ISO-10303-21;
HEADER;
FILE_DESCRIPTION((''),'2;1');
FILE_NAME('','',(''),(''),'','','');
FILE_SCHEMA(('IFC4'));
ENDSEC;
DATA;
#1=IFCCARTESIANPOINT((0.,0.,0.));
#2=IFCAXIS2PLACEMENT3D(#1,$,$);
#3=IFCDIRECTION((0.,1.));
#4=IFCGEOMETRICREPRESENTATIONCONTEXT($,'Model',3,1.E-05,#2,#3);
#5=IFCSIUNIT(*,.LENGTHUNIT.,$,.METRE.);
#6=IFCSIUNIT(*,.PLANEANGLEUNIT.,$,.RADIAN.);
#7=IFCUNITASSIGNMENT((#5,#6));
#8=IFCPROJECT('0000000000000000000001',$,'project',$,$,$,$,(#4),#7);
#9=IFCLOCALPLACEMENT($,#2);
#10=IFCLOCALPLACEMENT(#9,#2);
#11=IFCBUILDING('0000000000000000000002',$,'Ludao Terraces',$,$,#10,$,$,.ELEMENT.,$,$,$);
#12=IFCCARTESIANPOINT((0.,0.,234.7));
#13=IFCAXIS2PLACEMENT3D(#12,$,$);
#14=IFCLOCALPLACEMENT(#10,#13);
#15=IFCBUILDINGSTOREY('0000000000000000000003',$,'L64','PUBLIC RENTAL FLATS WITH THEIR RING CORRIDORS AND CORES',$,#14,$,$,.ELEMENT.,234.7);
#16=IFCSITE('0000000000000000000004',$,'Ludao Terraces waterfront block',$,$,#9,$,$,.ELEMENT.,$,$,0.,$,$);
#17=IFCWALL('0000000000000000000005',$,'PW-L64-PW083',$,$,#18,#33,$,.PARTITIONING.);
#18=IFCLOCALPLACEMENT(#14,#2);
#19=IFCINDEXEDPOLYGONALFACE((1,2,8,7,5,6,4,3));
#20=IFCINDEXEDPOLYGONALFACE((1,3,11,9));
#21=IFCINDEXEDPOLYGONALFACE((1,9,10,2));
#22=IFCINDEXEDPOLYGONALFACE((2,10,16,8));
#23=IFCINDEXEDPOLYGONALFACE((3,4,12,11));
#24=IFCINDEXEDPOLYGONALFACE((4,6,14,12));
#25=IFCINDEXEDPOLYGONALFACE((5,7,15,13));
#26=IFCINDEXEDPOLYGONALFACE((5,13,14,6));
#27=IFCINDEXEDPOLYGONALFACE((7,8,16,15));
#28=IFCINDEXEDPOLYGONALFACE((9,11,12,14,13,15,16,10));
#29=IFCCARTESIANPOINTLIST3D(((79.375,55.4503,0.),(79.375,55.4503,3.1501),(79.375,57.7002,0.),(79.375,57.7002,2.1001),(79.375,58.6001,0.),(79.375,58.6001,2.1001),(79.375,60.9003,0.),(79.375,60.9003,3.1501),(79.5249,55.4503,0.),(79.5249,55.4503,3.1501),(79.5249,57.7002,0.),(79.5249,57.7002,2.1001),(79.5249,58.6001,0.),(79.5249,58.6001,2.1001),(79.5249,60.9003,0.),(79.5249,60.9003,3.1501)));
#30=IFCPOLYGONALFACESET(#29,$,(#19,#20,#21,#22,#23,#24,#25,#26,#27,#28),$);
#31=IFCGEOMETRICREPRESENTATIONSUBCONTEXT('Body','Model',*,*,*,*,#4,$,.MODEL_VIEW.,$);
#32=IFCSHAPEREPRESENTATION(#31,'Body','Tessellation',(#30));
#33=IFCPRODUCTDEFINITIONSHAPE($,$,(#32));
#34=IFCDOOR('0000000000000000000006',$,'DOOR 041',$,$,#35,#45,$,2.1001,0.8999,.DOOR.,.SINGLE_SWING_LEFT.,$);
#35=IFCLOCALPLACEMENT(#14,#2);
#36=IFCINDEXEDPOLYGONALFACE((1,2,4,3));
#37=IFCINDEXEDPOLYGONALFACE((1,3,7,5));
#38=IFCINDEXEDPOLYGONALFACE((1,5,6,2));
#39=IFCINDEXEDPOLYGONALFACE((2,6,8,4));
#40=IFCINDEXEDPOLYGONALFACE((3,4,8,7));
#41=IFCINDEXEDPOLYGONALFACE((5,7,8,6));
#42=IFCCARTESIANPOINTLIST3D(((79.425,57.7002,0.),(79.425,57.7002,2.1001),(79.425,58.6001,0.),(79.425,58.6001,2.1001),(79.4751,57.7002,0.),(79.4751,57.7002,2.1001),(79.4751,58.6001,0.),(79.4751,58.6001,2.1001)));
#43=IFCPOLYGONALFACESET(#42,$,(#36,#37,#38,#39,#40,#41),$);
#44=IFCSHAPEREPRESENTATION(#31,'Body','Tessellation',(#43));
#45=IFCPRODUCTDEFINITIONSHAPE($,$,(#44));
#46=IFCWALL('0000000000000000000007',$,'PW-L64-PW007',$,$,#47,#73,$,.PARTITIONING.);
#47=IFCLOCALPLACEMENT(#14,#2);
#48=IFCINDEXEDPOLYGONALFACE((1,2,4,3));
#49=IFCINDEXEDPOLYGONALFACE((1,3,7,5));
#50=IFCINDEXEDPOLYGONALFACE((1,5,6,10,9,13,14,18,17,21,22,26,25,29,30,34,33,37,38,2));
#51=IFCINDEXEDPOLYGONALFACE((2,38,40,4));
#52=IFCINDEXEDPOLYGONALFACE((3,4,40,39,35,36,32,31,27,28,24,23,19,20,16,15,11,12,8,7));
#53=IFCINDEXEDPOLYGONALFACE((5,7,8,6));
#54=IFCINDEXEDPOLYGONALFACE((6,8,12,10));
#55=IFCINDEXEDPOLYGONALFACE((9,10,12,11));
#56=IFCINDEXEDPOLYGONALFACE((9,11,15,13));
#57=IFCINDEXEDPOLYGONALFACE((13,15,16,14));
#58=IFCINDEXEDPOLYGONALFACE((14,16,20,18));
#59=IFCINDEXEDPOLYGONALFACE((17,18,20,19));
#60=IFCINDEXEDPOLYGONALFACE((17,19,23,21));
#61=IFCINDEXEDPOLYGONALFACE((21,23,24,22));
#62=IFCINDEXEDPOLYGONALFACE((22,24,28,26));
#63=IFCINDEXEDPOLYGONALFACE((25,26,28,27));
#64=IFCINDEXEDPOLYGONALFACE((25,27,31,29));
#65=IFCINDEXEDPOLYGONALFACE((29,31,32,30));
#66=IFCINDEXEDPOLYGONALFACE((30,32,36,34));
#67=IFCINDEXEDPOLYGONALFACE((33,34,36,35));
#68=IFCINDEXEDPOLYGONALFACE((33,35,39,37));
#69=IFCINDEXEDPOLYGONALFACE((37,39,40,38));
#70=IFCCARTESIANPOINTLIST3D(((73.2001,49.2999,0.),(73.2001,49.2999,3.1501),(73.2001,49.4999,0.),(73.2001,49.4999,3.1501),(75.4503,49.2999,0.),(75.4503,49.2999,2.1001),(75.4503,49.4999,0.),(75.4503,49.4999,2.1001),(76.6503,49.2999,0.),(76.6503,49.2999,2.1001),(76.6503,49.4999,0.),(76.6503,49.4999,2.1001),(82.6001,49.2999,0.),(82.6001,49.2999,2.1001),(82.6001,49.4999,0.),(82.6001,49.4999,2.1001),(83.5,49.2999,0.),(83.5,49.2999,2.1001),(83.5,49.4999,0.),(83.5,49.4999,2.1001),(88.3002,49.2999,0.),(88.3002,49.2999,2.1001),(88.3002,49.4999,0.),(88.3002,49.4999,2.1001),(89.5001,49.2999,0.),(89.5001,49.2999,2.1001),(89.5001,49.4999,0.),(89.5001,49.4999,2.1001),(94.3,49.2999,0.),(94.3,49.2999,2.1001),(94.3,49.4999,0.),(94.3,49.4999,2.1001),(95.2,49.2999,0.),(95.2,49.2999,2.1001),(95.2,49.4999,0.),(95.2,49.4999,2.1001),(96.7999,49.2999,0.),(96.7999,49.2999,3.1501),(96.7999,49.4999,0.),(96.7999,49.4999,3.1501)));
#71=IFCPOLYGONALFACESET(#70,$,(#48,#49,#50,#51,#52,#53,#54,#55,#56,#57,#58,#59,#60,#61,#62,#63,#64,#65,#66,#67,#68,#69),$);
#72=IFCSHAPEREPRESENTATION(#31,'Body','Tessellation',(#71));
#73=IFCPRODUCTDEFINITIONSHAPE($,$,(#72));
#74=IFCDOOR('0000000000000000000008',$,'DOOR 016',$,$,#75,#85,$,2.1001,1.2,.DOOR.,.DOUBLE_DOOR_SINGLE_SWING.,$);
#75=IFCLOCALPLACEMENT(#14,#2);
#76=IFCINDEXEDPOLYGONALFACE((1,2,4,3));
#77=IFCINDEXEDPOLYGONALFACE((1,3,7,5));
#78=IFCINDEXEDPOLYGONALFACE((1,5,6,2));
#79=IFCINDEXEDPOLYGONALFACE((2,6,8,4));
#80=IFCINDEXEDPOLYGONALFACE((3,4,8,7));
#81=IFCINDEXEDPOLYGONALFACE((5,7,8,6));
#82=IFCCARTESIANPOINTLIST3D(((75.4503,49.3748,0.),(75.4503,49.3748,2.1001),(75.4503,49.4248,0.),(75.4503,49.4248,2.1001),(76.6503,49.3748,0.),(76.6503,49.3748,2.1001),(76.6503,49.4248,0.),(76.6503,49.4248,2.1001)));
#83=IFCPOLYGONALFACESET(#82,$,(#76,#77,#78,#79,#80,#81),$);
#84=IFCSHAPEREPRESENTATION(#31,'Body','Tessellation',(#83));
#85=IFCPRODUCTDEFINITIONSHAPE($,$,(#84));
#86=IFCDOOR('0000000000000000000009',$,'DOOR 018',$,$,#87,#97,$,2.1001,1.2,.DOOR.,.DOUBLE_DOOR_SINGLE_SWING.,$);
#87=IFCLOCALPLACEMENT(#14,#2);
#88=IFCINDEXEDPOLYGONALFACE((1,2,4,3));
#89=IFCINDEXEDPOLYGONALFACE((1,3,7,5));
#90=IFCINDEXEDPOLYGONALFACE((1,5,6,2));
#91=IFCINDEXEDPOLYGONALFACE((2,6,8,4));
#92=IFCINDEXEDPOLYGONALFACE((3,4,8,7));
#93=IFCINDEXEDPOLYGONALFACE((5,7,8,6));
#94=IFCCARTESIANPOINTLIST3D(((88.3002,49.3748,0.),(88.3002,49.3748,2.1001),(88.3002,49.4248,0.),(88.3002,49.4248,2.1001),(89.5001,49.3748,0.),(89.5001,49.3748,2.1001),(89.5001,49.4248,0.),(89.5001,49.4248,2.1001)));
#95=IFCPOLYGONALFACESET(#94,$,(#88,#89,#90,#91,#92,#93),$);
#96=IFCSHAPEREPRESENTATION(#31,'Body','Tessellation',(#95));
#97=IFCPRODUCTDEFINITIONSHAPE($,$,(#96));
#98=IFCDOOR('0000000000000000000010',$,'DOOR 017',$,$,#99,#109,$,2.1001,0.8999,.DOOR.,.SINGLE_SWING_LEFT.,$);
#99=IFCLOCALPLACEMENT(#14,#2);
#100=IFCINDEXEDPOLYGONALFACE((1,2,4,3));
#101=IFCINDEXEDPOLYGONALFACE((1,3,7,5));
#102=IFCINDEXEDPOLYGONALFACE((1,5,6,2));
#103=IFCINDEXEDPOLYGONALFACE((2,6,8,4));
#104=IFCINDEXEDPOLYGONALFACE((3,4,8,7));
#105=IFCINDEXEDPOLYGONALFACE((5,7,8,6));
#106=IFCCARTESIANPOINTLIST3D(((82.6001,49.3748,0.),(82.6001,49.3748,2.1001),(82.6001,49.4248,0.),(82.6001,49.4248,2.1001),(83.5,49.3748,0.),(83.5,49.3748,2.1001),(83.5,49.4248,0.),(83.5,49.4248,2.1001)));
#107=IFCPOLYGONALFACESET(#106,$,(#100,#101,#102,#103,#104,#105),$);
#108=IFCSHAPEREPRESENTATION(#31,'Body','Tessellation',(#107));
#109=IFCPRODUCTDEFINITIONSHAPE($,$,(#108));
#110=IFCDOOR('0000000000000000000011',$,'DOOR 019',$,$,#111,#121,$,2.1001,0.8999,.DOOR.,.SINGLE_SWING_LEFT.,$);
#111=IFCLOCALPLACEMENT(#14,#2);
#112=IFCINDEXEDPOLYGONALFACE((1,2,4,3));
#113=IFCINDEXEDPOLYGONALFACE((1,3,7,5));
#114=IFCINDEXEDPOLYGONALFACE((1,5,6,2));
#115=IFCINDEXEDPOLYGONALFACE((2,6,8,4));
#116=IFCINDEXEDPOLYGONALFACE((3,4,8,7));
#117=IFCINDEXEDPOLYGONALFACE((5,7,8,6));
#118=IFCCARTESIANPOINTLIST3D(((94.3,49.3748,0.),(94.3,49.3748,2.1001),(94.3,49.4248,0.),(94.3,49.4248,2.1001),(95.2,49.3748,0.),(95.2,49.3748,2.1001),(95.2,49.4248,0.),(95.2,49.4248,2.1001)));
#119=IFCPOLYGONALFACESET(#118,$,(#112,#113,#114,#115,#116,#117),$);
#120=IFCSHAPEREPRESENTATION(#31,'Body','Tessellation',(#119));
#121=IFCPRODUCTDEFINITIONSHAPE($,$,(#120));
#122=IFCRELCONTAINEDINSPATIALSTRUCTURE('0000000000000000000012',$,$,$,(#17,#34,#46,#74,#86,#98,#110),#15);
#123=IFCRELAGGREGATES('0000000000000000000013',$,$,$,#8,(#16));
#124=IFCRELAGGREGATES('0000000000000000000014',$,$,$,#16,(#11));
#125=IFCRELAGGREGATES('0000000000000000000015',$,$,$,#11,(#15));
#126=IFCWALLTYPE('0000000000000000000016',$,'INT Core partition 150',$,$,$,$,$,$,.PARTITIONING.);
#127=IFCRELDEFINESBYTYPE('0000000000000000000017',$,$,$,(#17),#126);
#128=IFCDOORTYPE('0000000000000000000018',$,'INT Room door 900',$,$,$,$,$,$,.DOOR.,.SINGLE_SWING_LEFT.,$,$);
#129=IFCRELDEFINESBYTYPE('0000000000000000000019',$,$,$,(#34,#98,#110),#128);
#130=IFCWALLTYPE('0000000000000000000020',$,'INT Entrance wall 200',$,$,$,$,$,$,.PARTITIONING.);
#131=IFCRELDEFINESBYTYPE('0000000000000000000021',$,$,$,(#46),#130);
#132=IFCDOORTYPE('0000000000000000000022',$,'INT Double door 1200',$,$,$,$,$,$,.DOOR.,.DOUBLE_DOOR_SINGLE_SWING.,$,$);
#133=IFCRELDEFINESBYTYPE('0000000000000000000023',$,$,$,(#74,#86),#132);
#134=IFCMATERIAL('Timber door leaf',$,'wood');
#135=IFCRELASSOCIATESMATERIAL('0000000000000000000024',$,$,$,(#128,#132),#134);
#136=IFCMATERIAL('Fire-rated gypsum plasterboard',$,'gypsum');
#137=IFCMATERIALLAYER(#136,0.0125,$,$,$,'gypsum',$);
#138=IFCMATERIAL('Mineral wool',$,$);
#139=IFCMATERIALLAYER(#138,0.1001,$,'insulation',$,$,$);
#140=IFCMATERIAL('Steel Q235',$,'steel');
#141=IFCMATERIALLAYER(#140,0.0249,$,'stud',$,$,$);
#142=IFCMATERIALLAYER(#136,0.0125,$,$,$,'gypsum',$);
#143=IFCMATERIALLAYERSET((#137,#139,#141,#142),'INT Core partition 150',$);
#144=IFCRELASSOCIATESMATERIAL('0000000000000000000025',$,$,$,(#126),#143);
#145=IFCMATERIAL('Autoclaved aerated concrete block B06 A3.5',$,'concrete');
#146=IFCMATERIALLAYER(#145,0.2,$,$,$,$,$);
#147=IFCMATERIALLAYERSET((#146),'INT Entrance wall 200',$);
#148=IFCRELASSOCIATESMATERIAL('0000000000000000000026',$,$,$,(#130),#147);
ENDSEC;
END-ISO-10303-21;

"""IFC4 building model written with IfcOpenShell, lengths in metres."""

from ifc_helpers import new_model, si_unit, direction, frame, frame_2d, origin, place, context, subcontext, project, spatial, rectangle, extrude, material, layer, layer_set, type_object, element, fill, save


model = new_model("IFC4")

# Units and contexts
model_context = context("Model", 3, precision=1e-05, world=origin(), true_north=direction((0.0, 1.0)))
body_context = subcontext(model_context, "Body", "Model", "MODEL_VIEW")
ifc_project = project(units=[si_unit("LENGTHUNIT", "METRE"), si_unit("PLANEANGLEUNIT", "RADIAN")], contexts=[model_context])

# Site, building, storey
site_placement = place(None, origin())
site = spatial("IfcSite", under=ifc_project, at=site_placement, Name="Ludao Terraces waterfront block", CompositionType="ELEMENT", RefElevation=0.0)
building_placement = place(site_placement, origin())
building = spatial("IfcBuilding", under=site, at=building_placement, Name="Ludao Terraces", CompositionType="ELEMENT")
storey_placement = place(building_placement, frame((0.0, 0.0, 234.7)))
storey = spatial("IfcBuildingStorey", under=building, at=storey_placement, Name="L64", Description="PUBLIC RENTAL FLATS WITH THEIR RING CORRIDORS AND CORES", CompositionType="ELEMENT", Elevation=234.7)

# Shared definitions
ifc_material_1 = material(Name="Steel Q235", Category="steel")
ifc_material_2 = material(Name="Timber door leaf", Category="wood")
door_type_1 = type_object("IfcDoorType", Name="INT Room door 900", OperationType="SINGLE_SWING_LEFT", PredefinedType="DOOR", material=ifc_material_2)

# Wall, opening, door
ifc_material_3 = material(Name="Fire-rated gypsum plasterboard", Category="gypsum")
ifc_layer_1 = layer(ifc_material_3, 0.0125, Category="gypsum")
ifc_material_4 = material(Name="Mineral wool")
ifc_layer_2 = layer(ifc_material_4, 0.1001, Name="insulation")
ifc_layer_3 = layer(ifc_material_1, 0.0249, Name="stud")
ifc_layer_4 = layer(ifc_material_3, 0.0125, Category="gypsum")
ifc_layer_set_1 = layer_set([ifc_layer_1, ifc_layer_2, ifc_layer_3, ifc_layer_4], Name="INT Core partition 150")
wall_type_1 = type_object("IfcWallType", Name="INT Core partition 150", PredefinedType="PARTITIONING", material=ifc_layer_set_1)
wall_1_placement = place(storey_placement, frame((79.45, 55.4502, 0.0), z_axis=(0.0, 0.0, 1.0), x_axis=(0.0, 1.0, 0.0)))
wall_1 = element("IfcWall", 1, at=wall_1_placement, inside=storey, type_object=wall_type_1, Name="PW-L64-PW083", PredefinedType="PARTITIONING", context=body_context, shape_type="SweptSolid", body=[
    extrude(rectangle(XDim=5.45, YDim=0.1499, at=frame_2d((2.7251, 0.0))), origin(), (0.0, 0.0, 1.0), 3.1501),
])
opening_1_placement = place(wall_1_placement, frame((2.25, 0.0, 0.0)))
opening_1 = element("IfcOpeningElement", 2, at=opening_1_placement, cuts=wall_1, PredefinedType="OPENING", context=body_context, shape_type="SweptSolid", body=[
    extrude(rectangle(XDim=0.8999, YDim=2.1001, at=frame_2d((0.45, 1.05))), frame((0.0, 0.085, 0.0), z_axis=(0.0, -1.0, 0.0), x_axis=(1.0, 0.0, 0.0)), (0.0, 0.0, 1.0), 0.1699),
])
door_1_placement = place(opening_1_placement, origin())
door_1 = element("IfcDoor", 3, at=door_1_placement, inside=storey, type_object=door_type_1, Name="DOOR 041", OperationType="SINGLE_SWING_LEFT", OverallHeight=2.1001, OverallWidth=0.8999, PredefinedType="DOOR", context=body_context, shape_type="SweptSolid", body=[
    extrude(rectangle(XDim=0.8999, YDim=2.1001, at=frame_2d((0.45, 1.05))), frame((0.0, 0.0249, 0.0), z_axis=(0.0, -1.0, 0.0), x_axis=(1.0, 0.0, 0.0)), (0.0, 0.0, 1.0), 0.05),
])
fill(opening_1, door_1)

# Wall, openings, doors
ifc_material_5 = material(Name="Autoclaved aerated concrete block B06 A3.5", Category="concrete")
ifc_layer_5 = layer(ifc_material_5, 0.2)
ifc_layer_set_2 = layer_set([ifc_layer_5], Name="INT Entrance wall 200")
wall_type_2 = type_object("IfcWallType", Name="INT Entrance wall 200", PredefinedType="PARTITIONING", material=ifc_layer_set_2)
wall_2_placement = place(storey_placement, frame((73.2002, 49.3999, 0.0), z_axis=(0.0, 0.0, 1.0), x_axis=(1.0, 0.0, 0.0)))
wall_2 = element("IfcWall", 4, at=wall_2_placement, inside=storey, type_object=wall_type_2, Name="PW-L64-PW007", PredefinedType="PARTITIONING", context=body_context, shape_type="SweptSolid", body=[
    extrude(rectangle(XDim=23.5999, YDim=0.2, at=frame_2d((11.7998, 0.0))), origin(), (0.0, 0.0, 1.0), 3.1501),
])
opening_2_placement = place(wall_2_placement, frame((2.25, 0.0, 0.0)))
opening_2 = element("IfcOpeningElement", 5, at=opening_2_placement, cuts=wall_2, PredefinedType="OPENING", context=body_context, shape_type="SweptSolid", body=[
    extrude(rectangle(XDim=1.2, YDim=2.1001, at=frame_2d((0.6001, 1.05))), frame((0.0, 0.1099, 0.0), z_axis=(0.0, -1.0, 0.0), x_axis=(1.0, 0.0, 0.0)), (0.0, 0.0, 1.0), 0.22),
])
opening_3_placement = place(wall_2_placement, frame((9.3999, 0.0, 0.0)))
opening_3 = element("IfcOpeningElement", 6, at=opening_3_placement, cuts=wall_2, PredefinedType="OPENING", context=body_context, shape_type="SweptSolid", body=[
    extrude(rectangle(XDim=0.8999, YDim=2.1001, at=frame_2d((0.45, 1.05))), frame((0.0, 0.1099, 0.0), z_axis=(0.0, -1.0, 0.0), x_axis=(1.0, 0.0, 0.0)), (0.0, 0.0, 1.0), 0.22),
])
opening_4_placement = place(wall_2_placement, frame((15.0999, 0.0, 0.0)))
opening_4 = element("IfcOpeningElement", 7, at=opening_4_placement, cuts=wall_2, PredefinedType="OPENING", context=body_context, shape_type="SweptSolid", body=[
    extrude(rectangle(XDim=1.2, YDim=2.1001, at=frame_2d((0.6001, 1.05))), frame((0.0, 0.1099, 0.0), z_axis=(0.0, -1.0, 0.0), x_axis=(1.0, 0.0, 0.0)), (0.0, 0.0, 1.0), 0.22),
])
opening_5_placement = place(wall_2_placement, frame((21.0999, 0.0, 0.0)))
opening_5 = element("IfcOpeningElement", 8, at=opening_5_placement, cuts=wall_2, PredefinedType="OPENING", context=body_context, shape_type="SweptSolid", body=[
    extrude(rectangle(XDim=0.8999, YDim=2.1001, at=frame_2d((0.45, 1.05))), frame((0.0, 0.1099, 0.0), z_axis=(0.0, -1.0, 0.0), x_axis=(1.0, 0.0, 0.0)), (0.0, 0.0, 1.0), 0.22),
])
door_type_2 = type_object("IfcDoorType", Name="INT Double door 1200", OperationType="DOUBLE_DOOR_SINGLE_SWING", PredefinedType="DOOR", material=ifc_material_2)
door_2_placement = place(opening_2_placement, origin())
door_2 = element("IfcDoor", 9, at=door_2_placement, inside=storey, type_object=door_type_2, Name="DOOR 016", OperationType="DOUBLE_DOOR_SINGLE_SWING", OverallHeight=2.1001, OverallWidth=1.2, PredefinedType="DOOR", context=body_context, shape_type="SweptSolid", body=[
    extrude(rectangle(XDim=1.2, YDim=2.1001, at=frame_2d((0.6001, 1.05))), frame((0.0, 0.0249, 0.0), z_axis=(0.0, -1.0, 0.0), x_axis=(1.0, 0.0, 0.0)), (0.0, 0.0, 1.0), 0.05),
])
fill(opening_2, door_2)
door_3_placement = place(opening_4_placement, origin())
door_3 = element("IfcDoor", 10, at=door_3_placement, inside=storey, type_object=door_type_2, Name="DOOR 018", OperationType="DOUBLE_DOOR_SINGLE_SWING", OverallHeight=2.1001, OverallWidth=1.2, PredefinedType="DOOR", context=body_context, shape_type="SweptSolid", body=[
    extrude(rectangle(XDim=1.2, YDim=2.1001, at=frame_2d((0.6001, 1.05))), frame((0.0, 0.0249, 0.0), z_axis=(0.0, -1.0, 0.0), x_axis=(1.0, 0.0, 0.0)), (0.0, 0.0, 1.0), 0.05),
])
fill(opening_4, door_3)
door_4_placement = place(opening_3_placement, origin())
door_4 = element("IfcDoor", 11, at=door_4_placement, inside=storey, type_object=door_type_1, Name="DOOR 017", OperationType="SINGLE_SWING_LEFT", OverallHeight=2.1001, OverallWidth=0.8999, PredefinedType="DOOR", context=body_context, shape_type="SweptSolid", body=[
    extrude(rectangle(XDim=0.8999, YDim=2.1001, at=frame_2d((0.45, 1.05))), frame((0.0, 0.0249, 0.0), z_axis=(0.0, -1.0, 0.0), x_axis=(1.0, 0.0, 0.0)), (0.0, 0.0, 1.0), 0.05),
])
fill(opening_3, door_4)
door_5_placement = place(opening_5_placement, origin())
door_5 = element("IfcDoor", 12, at=door_5_placement, inside=storey, type_object=door_type_1, Name="DOOR 019", OperationType="SINGLE_SWING_LEFT", OverallHeight=2.1001, OverallWidth=0.8999, PredefinedType="DOOR", context=body_context, shape_type="SweptSolid", body=[
    extrude(rectangle(XDim=0.8999, YDim=2.1001, at=frame_2d((0.45, 1.05))), frame((0.0, 0.0249, 0.0), z_axis=(0.0, -1.0, 0.0), x_axis=(1.0, 0.0, 0.0)), (0.0, 0.0, 1.0), 0.05),
])
fill(opening_5, door_5)

save(model, "model.ifc")
